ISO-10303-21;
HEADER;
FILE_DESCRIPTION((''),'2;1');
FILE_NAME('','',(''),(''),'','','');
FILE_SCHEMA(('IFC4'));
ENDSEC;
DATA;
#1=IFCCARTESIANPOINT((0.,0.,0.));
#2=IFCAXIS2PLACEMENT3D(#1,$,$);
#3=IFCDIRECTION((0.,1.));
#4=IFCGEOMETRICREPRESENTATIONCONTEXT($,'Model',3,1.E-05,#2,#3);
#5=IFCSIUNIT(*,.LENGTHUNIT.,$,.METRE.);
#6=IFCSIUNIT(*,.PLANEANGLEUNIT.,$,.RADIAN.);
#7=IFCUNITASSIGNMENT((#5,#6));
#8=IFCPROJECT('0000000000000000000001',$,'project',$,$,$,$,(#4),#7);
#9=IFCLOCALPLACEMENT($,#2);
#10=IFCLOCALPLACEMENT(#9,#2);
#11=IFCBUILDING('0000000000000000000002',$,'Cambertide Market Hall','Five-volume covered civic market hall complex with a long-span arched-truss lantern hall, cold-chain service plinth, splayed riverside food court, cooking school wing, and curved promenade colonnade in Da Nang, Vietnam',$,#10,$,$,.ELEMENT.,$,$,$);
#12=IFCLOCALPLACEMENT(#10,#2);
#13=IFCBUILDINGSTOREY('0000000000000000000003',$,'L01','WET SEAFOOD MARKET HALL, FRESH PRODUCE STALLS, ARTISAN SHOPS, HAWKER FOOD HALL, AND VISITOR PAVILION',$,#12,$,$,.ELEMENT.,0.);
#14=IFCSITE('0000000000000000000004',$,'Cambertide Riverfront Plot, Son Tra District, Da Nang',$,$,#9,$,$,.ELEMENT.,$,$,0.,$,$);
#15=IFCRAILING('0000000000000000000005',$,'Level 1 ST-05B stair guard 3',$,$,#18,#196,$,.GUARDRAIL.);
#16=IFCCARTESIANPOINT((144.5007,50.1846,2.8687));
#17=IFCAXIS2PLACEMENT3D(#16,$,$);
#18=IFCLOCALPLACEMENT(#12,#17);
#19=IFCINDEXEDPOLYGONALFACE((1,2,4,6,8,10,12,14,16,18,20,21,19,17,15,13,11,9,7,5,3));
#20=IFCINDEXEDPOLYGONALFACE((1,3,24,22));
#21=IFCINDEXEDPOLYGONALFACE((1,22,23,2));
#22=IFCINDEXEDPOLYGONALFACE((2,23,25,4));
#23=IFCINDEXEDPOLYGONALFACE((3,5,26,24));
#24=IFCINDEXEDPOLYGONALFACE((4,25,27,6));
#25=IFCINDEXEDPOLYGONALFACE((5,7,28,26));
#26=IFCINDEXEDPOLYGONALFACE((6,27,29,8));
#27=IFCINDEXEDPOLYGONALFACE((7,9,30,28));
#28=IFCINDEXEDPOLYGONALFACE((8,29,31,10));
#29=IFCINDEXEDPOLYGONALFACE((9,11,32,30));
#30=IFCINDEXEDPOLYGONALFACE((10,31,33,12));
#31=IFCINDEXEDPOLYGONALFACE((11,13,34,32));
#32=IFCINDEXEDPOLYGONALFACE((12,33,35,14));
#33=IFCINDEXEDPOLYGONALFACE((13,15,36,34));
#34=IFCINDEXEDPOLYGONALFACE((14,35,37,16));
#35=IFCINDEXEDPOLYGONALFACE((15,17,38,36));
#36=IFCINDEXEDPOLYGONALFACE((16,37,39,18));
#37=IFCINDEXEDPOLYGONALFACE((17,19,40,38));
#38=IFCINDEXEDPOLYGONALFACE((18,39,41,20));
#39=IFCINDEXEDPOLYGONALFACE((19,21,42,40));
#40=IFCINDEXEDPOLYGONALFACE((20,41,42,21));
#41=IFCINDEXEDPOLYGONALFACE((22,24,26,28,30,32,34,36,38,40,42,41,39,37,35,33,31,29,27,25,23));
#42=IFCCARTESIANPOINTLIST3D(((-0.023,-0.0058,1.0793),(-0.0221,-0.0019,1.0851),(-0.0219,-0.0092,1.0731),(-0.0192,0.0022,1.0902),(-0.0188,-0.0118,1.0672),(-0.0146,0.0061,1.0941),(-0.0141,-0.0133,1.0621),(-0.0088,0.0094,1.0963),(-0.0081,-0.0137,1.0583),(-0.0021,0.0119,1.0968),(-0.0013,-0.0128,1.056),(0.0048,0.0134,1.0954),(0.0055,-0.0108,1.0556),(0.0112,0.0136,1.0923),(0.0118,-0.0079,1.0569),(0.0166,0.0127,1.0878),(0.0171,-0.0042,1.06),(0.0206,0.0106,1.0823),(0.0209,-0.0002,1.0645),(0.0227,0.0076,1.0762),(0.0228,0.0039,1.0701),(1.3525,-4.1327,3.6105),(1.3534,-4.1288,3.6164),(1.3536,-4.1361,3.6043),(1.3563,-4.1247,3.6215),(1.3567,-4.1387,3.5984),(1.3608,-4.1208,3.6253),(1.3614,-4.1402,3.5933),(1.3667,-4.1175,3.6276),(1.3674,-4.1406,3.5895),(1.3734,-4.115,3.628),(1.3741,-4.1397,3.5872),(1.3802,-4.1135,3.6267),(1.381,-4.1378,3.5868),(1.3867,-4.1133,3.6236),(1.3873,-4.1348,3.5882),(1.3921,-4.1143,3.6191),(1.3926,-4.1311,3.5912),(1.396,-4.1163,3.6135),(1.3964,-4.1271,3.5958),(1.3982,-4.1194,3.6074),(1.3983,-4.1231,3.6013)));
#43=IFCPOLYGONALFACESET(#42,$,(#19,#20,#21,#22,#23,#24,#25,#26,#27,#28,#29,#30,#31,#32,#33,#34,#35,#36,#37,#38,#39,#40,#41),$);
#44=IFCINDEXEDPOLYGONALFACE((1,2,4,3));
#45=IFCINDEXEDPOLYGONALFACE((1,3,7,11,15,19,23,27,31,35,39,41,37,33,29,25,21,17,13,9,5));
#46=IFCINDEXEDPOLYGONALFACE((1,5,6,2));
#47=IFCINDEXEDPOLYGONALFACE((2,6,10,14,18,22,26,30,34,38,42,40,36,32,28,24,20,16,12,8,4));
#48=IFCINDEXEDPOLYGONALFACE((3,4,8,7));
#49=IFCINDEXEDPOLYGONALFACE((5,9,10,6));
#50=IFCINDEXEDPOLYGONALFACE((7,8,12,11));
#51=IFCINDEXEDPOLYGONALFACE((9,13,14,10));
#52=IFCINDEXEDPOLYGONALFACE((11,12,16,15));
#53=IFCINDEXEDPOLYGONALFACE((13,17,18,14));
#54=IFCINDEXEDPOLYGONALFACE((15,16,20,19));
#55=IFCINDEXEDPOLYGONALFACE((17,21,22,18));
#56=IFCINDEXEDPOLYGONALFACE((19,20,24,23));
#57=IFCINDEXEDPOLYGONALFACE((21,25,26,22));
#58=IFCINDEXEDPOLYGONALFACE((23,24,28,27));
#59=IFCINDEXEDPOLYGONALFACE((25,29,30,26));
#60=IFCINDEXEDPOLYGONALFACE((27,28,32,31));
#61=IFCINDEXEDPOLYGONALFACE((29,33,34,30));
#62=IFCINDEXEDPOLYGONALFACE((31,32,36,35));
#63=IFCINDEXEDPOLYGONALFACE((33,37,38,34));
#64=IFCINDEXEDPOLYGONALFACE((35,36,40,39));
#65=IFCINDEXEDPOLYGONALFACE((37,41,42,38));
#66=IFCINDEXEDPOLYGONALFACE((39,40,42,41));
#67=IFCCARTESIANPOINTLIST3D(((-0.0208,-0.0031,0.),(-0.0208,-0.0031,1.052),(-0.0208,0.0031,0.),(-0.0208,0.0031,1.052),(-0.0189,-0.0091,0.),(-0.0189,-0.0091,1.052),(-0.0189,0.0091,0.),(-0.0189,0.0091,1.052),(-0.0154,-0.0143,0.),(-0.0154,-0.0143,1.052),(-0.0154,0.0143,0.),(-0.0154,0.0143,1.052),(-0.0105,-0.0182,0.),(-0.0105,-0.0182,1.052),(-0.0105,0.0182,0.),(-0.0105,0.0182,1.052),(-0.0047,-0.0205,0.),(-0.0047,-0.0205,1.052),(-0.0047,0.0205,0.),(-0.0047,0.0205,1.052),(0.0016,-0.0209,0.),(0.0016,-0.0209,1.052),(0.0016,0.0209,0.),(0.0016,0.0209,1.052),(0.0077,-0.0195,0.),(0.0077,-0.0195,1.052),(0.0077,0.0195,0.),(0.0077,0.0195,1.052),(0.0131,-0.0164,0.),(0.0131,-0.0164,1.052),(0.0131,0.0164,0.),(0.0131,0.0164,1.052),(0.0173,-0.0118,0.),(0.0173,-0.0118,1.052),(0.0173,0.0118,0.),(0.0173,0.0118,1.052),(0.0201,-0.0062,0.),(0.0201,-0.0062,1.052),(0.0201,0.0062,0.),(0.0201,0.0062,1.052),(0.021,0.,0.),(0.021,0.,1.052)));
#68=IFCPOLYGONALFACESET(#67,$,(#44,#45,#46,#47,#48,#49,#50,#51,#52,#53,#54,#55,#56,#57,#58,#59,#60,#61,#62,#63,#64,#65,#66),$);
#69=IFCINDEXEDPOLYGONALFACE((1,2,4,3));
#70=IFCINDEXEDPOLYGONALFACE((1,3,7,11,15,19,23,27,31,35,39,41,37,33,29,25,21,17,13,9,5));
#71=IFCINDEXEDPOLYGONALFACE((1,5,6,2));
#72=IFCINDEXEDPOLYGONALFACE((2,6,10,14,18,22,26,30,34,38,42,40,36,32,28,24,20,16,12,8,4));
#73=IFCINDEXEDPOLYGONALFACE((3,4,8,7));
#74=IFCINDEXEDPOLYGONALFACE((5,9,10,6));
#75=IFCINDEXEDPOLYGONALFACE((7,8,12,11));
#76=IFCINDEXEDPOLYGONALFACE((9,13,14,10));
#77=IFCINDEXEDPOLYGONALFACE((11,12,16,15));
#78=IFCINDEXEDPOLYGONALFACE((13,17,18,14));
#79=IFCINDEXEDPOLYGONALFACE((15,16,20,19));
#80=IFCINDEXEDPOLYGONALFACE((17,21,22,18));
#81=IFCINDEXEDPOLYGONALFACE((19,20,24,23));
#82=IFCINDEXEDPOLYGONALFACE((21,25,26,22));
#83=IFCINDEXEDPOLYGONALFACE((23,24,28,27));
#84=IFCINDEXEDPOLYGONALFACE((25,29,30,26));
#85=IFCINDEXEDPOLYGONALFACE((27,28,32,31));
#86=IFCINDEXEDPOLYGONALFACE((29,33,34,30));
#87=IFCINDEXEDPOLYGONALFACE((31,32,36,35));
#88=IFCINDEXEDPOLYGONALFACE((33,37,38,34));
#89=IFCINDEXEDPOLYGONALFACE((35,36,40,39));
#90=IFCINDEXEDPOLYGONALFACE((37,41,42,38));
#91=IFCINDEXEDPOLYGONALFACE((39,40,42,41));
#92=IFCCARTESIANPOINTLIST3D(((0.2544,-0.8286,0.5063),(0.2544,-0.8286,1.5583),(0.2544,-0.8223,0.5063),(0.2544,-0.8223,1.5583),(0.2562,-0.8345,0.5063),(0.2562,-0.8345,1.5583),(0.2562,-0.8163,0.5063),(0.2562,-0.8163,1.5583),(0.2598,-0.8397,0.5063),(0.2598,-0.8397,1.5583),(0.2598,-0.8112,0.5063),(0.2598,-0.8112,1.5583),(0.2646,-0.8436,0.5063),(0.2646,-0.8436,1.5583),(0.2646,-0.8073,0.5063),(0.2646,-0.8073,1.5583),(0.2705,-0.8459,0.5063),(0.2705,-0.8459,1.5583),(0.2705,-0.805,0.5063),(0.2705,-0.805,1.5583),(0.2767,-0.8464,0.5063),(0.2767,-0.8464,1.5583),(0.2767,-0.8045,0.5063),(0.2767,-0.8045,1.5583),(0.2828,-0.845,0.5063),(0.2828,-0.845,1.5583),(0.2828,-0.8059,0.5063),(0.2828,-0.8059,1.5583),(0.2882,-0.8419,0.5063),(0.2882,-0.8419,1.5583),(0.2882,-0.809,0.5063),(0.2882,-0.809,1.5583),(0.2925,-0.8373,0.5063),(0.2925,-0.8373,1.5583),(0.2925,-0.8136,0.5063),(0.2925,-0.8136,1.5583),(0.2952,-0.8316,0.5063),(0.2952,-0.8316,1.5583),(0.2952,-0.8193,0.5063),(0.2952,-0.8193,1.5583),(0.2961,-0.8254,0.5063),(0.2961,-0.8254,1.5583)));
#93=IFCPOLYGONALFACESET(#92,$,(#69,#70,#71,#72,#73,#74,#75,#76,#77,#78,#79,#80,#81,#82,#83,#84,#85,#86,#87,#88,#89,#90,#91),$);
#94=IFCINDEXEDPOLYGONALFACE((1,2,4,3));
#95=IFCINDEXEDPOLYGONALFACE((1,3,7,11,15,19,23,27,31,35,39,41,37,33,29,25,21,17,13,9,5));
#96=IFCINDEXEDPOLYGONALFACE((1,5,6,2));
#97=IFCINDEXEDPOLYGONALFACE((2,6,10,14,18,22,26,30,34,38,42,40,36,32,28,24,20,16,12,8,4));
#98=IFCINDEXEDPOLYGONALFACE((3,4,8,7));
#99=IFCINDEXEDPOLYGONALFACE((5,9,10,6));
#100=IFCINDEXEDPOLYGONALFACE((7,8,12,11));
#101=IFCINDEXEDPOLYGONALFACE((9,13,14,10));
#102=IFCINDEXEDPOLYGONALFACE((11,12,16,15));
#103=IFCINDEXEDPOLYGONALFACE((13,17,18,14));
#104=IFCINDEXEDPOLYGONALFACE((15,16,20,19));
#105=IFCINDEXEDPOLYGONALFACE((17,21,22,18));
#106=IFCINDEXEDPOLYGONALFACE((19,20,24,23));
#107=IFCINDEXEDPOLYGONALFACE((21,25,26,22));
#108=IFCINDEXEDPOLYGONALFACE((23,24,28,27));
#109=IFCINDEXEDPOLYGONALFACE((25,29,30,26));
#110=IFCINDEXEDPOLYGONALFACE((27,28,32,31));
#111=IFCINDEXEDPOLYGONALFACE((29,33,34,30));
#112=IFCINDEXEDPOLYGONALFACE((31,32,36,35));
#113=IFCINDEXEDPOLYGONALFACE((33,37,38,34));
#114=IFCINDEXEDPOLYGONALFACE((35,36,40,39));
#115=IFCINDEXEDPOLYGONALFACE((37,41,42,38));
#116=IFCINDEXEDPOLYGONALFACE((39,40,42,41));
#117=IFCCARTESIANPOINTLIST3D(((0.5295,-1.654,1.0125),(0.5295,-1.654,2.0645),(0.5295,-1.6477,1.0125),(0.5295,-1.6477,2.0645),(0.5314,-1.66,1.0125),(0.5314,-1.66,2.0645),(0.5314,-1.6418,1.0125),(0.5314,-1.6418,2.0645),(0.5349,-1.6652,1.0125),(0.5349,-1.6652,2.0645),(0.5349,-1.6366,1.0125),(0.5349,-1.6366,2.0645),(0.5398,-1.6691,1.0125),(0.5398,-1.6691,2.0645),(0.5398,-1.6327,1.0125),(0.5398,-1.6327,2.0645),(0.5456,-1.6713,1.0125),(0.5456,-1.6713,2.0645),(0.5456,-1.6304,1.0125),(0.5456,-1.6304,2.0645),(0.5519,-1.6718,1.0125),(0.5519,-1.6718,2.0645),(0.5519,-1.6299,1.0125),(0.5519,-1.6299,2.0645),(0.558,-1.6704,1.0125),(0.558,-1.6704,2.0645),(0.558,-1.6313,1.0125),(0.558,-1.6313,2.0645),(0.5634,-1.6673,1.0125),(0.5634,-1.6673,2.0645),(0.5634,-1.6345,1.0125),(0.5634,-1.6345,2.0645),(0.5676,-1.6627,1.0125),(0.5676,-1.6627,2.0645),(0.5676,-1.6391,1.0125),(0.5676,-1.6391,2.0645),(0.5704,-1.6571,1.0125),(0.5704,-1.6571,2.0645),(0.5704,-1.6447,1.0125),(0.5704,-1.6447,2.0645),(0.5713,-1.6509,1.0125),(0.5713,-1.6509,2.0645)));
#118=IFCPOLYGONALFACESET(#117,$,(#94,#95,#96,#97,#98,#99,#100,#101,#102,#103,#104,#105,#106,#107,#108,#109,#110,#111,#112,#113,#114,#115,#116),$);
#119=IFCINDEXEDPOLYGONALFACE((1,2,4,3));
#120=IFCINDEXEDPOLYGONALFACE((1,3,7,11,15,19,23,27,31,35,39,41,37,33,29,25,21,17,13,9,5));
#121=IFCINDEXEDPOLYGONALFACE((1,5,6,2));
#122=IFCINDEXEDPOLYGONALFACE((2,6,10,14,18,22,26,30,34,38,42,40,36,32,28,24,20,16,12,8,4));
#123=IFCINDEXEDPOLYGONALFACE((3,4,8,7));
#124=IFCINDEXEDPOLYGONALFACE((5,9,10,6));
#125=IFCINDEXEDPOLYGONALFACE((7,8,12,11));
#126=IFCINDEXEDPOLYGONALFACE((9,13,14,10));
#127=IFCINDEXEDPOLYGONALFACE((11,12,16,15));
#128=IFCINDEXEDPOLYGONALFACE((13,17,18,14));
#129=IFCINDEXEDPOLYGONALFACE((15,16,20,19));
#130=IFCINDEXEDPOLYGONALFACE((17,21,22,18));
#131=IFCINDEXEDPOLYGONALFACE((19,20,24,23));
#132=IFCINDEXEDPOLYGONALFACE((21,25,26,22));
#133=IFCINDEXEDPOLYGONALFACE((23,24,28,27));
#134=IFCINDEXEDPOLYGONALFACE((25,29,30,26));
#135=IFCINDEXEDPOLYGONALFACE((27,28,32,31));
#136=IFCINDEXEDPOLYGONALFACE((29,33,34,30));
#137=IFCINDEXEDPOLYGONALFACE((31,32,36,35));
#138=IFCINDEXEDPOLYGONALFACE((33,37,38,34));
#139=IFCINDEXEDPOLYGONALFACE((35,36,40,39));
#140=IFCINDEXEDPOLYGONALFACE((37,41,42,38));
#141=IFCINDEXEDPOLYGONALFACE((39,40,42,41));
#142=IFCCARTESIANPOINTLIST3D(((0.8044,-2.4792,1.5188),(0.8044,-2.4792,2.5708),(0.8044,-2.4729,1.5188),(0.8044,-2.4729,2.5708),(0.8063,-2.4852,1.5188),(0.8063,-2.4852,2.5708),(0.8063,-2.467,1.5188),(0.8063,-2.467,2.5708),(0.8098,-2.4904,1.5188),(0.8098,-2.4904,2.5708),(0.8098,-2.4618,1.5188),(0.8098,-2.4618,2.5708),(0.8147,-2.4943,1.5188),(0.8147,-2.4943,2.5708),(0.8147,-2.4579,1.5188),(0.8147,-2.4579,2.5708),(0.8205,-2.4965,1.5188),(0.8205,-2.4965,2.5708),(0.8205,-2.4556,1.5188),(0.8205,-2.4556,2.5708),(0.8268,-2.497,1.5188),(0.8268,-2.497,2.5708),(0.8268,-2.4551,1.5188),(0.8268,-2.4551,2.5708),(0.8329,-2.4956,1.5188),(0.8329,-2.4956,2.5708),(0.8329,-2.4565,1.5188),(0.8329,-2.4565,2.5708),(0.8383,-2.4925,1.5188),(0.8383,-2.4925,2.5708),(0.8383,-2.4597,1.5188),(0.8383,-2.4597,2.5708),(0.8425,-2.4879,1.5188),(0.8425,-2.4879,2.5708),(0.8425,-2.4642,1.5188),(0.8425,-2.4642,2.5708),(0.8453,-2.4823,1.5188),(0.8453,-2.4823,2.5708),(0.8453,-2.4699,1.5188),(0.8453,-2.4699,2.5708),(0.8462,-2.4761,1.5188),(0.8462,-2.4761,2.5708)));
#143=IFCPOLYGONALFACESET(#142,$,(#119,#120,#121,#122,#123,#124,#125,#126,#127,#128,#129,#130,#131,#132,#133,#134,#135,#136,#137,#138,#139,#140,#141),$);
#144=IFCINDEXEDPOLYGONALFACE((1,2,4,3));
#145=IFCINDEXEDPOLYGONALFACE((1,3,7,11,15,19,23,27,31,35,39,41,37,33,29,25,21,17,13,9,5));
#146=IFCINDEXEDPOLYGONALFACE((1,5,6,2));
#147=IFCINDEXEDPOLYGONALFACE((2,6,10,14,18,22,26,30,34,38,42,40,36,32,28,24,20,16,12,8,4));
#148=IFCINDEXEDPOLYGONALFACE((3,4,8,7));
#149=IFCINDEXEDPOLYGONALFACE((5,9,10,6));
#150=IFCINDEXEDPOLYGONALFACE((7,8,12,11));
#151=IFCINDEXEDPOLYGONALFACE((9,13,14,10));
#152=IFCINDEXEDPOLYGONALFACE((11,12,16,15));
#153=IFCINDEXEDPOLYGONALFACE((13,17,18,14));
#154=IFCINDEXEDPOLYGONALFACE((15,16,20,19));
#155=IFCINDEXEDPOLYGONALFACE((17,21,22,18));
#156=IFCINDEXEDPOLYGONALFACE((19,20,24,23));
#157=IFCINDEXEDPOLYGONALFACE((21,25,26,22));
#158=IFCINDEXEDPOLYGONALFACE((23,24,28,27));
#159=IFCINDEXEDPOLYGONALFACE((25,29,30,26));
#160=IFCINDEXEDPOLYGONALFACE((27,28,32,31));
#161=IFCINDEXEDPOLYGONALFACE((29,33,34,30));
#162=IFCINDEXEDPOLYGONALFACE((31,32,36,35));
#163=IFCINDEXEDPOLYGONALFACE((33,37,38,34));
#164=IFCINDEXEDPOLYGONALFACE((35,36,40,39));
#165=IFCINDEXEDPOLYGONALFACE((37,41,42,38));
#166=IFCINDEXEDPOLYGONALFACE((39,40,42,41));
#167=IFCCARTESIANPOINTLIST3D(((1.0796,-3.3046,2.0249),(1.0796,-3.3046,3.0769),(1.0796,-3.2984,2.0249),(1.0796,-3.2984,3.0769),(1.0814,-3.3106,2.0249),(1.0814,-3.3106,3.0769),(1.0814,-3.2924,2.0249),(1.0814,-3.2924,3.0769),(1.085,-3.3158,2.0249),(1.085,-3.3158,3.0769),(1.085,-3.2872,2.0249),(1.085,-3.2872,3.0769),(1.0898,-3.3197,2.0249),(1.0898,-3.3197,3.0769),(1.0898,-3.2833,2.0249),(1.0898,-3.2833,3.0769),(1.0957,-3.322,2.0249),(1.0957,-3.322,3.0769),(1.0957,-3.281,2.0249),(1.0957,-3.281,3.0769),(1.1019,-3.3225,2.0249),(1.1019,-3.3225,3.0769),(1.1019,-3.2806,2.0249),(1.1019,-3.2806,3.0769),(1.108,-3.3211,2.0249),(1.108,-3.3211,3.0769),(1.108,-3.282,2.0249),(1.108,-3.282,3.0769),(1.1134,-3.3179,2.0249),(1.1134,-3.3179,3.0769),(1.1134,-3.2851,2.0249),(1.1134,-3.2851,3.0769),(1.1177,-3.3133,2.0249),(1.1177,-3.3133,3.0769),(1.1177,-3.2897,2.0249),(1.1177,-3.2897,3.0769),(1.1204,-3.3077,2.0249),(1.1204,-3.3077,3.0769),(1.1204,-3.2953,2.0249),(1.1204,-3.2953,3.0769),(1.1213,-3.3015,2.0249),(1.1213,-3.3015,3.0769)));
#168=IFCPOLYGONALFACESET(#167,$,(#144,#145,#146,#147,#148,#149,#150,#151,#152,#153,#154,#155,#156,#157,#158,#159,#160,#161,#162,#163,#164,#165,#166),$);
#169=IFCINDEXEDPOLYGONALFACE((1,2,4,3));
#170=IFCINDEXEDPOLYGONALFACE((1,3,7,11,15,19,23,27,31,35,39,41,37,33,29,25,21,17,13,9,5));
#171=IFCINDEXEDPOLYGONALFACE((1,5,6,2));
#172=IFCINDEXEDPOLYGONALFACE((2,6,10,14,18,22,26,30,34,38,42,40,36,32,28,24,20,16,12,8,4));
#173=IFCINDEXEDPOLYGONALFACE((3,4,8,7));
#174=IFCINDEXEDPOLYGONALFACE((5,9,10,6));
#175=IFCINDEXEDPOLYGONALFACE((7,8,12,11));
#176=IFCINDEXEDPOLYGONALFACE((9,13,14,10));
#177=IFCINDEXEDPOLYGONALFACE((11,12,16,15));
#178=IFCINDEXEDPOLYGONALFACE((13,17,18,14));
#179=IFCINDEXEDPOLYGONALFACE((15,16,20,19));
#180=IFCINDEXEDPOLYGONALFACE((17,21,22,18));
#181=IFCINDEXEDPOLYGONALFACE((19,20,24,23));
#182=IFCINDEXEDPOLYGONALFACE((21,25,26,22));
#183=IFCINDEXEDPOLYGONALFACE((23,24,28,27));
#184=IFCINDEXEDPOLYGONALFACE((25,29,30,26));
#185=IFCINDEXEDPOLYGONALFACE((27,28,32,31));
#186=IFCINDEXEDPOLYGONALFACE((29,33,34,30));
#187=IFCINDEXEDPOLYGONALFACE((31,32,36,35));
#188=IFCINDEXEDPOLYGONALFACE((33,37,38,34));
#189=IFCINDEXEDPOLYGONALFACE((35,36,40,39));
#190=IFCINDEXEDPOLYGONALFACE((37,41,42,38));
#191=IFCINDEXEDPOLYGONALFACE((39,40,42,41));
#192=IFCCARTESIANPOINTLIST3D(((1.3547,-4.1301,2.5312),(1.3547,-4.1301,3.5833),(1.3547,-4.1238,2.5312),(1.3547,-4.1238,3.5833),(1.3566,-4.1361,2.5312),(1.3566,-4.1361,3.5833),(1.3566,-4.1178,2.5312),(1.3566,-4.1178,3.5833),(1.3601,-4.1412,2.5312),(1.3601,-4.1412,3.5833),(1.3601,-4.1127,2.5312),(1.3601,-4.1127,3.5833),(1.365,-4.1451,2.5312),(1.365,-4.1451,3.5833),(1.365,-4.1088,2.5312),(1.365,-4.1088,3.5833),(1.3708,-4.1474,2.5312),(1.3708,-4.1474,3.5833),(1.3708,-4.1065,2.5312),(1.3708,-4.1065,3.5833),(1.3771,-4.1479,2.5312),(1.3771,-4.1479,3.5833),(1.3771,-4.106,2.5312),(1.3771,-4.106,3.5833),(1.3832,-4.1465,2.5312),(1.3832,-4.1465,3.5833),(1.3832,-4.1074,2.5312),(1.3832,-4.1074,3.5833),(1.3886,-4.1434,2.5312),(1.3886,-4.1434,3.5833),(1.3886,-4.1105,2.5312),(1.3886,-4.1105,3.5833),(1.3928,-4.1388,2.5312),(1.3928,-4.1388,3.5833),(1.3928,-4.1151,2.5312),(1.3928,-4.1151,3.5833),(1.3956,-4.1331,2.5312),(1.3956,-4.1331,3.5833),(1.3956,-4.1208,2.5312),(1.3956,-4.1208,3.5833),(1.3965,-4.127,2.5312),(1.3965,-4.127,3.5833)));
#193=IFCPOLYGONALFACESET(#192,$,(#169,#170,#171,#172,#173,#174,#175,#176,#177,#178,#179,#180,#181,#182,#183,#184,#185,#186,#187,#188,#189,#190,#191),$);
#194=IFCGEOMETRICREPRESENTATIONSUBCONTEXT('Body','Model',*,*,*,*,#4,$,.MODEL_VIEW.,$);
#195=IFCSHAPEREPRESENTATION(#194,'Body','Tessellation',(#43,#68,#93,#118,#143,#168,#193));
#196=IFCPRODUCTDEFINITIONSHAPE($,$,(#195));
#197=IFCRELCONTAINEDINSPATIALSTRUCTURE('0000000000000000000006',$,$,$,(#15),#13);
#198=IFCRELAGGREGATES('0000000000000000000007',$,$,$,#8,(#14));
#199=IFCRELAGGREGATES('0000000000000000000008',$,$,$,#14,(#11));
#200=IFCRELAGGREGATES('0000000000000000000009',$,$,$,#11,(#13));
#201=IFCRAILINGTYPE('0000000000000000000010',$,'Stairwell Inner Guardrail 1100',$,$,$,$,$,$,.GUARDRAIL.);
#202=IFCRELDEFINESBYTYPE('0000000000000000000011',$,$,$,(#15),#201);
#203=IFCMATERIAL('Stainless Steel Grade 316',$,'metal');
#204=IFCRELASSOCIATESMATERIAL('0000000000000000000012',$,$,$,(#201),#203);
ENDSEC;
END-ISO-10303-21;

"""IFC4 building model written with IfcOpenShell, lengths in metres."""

from ifc_helpers import new_model, si_unit, direction, frame, origin, origin_2d, place, context, subcontext, project, spatial, circle, extrude, material, type_object, element, save


model = new_model("IFC4")

# Units and contexts
model_context = context("Model", 3, precision=1e-05, world=origin(), true_north=direction((0.0, 1.0)))
body_context = subcontext(model_context, "Body", "Model", "MODEL_VIEW")
ifc_project = project(units=[si_unit("LENGTHUNIT", "METRE"), si_unit("PLANEANGLEUNIT", "RADIAN")], contexts=[model_context])

# Site, building, storey
site_placement = place(None, origin())
site = spatial("IfcSite", under=ifc_project, at=site_placement, Name="Cambertide Riverfront Plot, Son Tra District, Da Nang", CompositionType="ELEMENT", RefElevation=0.0)
building_placement = place(site_placement, origin())
building = spatial("IfcBuilding", under=site, at=building_placement, Name="Cambertide Market Hall", Description="Five-volume covered civic market hall complex with a long-span arched-truss lantern hall, cold-chain service plinth, splayed riverside food court, cooking school wing, and curved promenade colonnade in Da Nang, Vietnam", CompositionType="ELEMENT")
storey_placement = place(building_placement, origin())
storey = spatial("IfcBuildingStorey", under=building, at=storey_placement, Name="L01", Description="WET SEAFOOD MARKET HALL, FRESH PRODUCE STALLS, ARTISAN SHOPS, HAWKER FOOD HALL, AND VISITOR PAVILION", CompositionType="ELEMENT", Elevation=0.0)

# Railing
ifc_material_1 = material(Name="Stainless Steel Grade 316", Category="metal")
railing_type_1 = type_object("IfcRailingType", Name="Stairwell Inner Guardrail 1100", PredefinedType="GUARDRAIL", material=ifc_material_1)
railing_1_placement = place(storey_placement, frame((144.5007, 50.1846, 2.8687)))
element("IfcRailing", 1, at=railing_1_placement, inside=storey, type_object=railing_type_1, Name="Level 1 ST-05B stair guard 3", PredefinedType="GUARDRAIL", context=body_context, shape_type="SweptSolid", body=[
    extrude(circle(Radius=0.0239, at=origin_2d()), frame((0.0, 0.0, 1.0762), z_axis=(0.273295, -0.819981, 0.502932), x_axis=(0.948695, 0.316194, 0.0)), (0.0, 0.0, 1.0), 5.033),
    extrude(circle(Radius=0.021, at=origin_2d()), origin(), (0.0, 0.0, 1.0), 1.052),
    extrude(circle(Radius=0.021, at=origin_2d()), frame((0.2751, -0.8254, 0.5063)), (0.0, 0.0, 1.0), 1.052),
    extrude(circle(Radius=0.021, at=origin_2d()), frame((0.5503, -1.6509, 1.0125)), (0.0, 0.0, 1.0), 1.052),
    extrude(circle(Radius=0.021, at=origin_2d()), frame((0.8252, -2.4761, 1.5188)), (0.0, 0.0, 1.0), 1.052),
    extrude(circle(Radius=0.021, at=origin_2d()), frame((1.1003, -3.3015, 2.0249)), (0.0, 0.0, 1.0), 1.052),
    extrude(circle(Radius=0.021, at=origin_2d()), frame((1.3755, -4.127, 2.5312)), (0.0, 0.0, 1.0), 1.052),
])

save(model, "model.ifc")
